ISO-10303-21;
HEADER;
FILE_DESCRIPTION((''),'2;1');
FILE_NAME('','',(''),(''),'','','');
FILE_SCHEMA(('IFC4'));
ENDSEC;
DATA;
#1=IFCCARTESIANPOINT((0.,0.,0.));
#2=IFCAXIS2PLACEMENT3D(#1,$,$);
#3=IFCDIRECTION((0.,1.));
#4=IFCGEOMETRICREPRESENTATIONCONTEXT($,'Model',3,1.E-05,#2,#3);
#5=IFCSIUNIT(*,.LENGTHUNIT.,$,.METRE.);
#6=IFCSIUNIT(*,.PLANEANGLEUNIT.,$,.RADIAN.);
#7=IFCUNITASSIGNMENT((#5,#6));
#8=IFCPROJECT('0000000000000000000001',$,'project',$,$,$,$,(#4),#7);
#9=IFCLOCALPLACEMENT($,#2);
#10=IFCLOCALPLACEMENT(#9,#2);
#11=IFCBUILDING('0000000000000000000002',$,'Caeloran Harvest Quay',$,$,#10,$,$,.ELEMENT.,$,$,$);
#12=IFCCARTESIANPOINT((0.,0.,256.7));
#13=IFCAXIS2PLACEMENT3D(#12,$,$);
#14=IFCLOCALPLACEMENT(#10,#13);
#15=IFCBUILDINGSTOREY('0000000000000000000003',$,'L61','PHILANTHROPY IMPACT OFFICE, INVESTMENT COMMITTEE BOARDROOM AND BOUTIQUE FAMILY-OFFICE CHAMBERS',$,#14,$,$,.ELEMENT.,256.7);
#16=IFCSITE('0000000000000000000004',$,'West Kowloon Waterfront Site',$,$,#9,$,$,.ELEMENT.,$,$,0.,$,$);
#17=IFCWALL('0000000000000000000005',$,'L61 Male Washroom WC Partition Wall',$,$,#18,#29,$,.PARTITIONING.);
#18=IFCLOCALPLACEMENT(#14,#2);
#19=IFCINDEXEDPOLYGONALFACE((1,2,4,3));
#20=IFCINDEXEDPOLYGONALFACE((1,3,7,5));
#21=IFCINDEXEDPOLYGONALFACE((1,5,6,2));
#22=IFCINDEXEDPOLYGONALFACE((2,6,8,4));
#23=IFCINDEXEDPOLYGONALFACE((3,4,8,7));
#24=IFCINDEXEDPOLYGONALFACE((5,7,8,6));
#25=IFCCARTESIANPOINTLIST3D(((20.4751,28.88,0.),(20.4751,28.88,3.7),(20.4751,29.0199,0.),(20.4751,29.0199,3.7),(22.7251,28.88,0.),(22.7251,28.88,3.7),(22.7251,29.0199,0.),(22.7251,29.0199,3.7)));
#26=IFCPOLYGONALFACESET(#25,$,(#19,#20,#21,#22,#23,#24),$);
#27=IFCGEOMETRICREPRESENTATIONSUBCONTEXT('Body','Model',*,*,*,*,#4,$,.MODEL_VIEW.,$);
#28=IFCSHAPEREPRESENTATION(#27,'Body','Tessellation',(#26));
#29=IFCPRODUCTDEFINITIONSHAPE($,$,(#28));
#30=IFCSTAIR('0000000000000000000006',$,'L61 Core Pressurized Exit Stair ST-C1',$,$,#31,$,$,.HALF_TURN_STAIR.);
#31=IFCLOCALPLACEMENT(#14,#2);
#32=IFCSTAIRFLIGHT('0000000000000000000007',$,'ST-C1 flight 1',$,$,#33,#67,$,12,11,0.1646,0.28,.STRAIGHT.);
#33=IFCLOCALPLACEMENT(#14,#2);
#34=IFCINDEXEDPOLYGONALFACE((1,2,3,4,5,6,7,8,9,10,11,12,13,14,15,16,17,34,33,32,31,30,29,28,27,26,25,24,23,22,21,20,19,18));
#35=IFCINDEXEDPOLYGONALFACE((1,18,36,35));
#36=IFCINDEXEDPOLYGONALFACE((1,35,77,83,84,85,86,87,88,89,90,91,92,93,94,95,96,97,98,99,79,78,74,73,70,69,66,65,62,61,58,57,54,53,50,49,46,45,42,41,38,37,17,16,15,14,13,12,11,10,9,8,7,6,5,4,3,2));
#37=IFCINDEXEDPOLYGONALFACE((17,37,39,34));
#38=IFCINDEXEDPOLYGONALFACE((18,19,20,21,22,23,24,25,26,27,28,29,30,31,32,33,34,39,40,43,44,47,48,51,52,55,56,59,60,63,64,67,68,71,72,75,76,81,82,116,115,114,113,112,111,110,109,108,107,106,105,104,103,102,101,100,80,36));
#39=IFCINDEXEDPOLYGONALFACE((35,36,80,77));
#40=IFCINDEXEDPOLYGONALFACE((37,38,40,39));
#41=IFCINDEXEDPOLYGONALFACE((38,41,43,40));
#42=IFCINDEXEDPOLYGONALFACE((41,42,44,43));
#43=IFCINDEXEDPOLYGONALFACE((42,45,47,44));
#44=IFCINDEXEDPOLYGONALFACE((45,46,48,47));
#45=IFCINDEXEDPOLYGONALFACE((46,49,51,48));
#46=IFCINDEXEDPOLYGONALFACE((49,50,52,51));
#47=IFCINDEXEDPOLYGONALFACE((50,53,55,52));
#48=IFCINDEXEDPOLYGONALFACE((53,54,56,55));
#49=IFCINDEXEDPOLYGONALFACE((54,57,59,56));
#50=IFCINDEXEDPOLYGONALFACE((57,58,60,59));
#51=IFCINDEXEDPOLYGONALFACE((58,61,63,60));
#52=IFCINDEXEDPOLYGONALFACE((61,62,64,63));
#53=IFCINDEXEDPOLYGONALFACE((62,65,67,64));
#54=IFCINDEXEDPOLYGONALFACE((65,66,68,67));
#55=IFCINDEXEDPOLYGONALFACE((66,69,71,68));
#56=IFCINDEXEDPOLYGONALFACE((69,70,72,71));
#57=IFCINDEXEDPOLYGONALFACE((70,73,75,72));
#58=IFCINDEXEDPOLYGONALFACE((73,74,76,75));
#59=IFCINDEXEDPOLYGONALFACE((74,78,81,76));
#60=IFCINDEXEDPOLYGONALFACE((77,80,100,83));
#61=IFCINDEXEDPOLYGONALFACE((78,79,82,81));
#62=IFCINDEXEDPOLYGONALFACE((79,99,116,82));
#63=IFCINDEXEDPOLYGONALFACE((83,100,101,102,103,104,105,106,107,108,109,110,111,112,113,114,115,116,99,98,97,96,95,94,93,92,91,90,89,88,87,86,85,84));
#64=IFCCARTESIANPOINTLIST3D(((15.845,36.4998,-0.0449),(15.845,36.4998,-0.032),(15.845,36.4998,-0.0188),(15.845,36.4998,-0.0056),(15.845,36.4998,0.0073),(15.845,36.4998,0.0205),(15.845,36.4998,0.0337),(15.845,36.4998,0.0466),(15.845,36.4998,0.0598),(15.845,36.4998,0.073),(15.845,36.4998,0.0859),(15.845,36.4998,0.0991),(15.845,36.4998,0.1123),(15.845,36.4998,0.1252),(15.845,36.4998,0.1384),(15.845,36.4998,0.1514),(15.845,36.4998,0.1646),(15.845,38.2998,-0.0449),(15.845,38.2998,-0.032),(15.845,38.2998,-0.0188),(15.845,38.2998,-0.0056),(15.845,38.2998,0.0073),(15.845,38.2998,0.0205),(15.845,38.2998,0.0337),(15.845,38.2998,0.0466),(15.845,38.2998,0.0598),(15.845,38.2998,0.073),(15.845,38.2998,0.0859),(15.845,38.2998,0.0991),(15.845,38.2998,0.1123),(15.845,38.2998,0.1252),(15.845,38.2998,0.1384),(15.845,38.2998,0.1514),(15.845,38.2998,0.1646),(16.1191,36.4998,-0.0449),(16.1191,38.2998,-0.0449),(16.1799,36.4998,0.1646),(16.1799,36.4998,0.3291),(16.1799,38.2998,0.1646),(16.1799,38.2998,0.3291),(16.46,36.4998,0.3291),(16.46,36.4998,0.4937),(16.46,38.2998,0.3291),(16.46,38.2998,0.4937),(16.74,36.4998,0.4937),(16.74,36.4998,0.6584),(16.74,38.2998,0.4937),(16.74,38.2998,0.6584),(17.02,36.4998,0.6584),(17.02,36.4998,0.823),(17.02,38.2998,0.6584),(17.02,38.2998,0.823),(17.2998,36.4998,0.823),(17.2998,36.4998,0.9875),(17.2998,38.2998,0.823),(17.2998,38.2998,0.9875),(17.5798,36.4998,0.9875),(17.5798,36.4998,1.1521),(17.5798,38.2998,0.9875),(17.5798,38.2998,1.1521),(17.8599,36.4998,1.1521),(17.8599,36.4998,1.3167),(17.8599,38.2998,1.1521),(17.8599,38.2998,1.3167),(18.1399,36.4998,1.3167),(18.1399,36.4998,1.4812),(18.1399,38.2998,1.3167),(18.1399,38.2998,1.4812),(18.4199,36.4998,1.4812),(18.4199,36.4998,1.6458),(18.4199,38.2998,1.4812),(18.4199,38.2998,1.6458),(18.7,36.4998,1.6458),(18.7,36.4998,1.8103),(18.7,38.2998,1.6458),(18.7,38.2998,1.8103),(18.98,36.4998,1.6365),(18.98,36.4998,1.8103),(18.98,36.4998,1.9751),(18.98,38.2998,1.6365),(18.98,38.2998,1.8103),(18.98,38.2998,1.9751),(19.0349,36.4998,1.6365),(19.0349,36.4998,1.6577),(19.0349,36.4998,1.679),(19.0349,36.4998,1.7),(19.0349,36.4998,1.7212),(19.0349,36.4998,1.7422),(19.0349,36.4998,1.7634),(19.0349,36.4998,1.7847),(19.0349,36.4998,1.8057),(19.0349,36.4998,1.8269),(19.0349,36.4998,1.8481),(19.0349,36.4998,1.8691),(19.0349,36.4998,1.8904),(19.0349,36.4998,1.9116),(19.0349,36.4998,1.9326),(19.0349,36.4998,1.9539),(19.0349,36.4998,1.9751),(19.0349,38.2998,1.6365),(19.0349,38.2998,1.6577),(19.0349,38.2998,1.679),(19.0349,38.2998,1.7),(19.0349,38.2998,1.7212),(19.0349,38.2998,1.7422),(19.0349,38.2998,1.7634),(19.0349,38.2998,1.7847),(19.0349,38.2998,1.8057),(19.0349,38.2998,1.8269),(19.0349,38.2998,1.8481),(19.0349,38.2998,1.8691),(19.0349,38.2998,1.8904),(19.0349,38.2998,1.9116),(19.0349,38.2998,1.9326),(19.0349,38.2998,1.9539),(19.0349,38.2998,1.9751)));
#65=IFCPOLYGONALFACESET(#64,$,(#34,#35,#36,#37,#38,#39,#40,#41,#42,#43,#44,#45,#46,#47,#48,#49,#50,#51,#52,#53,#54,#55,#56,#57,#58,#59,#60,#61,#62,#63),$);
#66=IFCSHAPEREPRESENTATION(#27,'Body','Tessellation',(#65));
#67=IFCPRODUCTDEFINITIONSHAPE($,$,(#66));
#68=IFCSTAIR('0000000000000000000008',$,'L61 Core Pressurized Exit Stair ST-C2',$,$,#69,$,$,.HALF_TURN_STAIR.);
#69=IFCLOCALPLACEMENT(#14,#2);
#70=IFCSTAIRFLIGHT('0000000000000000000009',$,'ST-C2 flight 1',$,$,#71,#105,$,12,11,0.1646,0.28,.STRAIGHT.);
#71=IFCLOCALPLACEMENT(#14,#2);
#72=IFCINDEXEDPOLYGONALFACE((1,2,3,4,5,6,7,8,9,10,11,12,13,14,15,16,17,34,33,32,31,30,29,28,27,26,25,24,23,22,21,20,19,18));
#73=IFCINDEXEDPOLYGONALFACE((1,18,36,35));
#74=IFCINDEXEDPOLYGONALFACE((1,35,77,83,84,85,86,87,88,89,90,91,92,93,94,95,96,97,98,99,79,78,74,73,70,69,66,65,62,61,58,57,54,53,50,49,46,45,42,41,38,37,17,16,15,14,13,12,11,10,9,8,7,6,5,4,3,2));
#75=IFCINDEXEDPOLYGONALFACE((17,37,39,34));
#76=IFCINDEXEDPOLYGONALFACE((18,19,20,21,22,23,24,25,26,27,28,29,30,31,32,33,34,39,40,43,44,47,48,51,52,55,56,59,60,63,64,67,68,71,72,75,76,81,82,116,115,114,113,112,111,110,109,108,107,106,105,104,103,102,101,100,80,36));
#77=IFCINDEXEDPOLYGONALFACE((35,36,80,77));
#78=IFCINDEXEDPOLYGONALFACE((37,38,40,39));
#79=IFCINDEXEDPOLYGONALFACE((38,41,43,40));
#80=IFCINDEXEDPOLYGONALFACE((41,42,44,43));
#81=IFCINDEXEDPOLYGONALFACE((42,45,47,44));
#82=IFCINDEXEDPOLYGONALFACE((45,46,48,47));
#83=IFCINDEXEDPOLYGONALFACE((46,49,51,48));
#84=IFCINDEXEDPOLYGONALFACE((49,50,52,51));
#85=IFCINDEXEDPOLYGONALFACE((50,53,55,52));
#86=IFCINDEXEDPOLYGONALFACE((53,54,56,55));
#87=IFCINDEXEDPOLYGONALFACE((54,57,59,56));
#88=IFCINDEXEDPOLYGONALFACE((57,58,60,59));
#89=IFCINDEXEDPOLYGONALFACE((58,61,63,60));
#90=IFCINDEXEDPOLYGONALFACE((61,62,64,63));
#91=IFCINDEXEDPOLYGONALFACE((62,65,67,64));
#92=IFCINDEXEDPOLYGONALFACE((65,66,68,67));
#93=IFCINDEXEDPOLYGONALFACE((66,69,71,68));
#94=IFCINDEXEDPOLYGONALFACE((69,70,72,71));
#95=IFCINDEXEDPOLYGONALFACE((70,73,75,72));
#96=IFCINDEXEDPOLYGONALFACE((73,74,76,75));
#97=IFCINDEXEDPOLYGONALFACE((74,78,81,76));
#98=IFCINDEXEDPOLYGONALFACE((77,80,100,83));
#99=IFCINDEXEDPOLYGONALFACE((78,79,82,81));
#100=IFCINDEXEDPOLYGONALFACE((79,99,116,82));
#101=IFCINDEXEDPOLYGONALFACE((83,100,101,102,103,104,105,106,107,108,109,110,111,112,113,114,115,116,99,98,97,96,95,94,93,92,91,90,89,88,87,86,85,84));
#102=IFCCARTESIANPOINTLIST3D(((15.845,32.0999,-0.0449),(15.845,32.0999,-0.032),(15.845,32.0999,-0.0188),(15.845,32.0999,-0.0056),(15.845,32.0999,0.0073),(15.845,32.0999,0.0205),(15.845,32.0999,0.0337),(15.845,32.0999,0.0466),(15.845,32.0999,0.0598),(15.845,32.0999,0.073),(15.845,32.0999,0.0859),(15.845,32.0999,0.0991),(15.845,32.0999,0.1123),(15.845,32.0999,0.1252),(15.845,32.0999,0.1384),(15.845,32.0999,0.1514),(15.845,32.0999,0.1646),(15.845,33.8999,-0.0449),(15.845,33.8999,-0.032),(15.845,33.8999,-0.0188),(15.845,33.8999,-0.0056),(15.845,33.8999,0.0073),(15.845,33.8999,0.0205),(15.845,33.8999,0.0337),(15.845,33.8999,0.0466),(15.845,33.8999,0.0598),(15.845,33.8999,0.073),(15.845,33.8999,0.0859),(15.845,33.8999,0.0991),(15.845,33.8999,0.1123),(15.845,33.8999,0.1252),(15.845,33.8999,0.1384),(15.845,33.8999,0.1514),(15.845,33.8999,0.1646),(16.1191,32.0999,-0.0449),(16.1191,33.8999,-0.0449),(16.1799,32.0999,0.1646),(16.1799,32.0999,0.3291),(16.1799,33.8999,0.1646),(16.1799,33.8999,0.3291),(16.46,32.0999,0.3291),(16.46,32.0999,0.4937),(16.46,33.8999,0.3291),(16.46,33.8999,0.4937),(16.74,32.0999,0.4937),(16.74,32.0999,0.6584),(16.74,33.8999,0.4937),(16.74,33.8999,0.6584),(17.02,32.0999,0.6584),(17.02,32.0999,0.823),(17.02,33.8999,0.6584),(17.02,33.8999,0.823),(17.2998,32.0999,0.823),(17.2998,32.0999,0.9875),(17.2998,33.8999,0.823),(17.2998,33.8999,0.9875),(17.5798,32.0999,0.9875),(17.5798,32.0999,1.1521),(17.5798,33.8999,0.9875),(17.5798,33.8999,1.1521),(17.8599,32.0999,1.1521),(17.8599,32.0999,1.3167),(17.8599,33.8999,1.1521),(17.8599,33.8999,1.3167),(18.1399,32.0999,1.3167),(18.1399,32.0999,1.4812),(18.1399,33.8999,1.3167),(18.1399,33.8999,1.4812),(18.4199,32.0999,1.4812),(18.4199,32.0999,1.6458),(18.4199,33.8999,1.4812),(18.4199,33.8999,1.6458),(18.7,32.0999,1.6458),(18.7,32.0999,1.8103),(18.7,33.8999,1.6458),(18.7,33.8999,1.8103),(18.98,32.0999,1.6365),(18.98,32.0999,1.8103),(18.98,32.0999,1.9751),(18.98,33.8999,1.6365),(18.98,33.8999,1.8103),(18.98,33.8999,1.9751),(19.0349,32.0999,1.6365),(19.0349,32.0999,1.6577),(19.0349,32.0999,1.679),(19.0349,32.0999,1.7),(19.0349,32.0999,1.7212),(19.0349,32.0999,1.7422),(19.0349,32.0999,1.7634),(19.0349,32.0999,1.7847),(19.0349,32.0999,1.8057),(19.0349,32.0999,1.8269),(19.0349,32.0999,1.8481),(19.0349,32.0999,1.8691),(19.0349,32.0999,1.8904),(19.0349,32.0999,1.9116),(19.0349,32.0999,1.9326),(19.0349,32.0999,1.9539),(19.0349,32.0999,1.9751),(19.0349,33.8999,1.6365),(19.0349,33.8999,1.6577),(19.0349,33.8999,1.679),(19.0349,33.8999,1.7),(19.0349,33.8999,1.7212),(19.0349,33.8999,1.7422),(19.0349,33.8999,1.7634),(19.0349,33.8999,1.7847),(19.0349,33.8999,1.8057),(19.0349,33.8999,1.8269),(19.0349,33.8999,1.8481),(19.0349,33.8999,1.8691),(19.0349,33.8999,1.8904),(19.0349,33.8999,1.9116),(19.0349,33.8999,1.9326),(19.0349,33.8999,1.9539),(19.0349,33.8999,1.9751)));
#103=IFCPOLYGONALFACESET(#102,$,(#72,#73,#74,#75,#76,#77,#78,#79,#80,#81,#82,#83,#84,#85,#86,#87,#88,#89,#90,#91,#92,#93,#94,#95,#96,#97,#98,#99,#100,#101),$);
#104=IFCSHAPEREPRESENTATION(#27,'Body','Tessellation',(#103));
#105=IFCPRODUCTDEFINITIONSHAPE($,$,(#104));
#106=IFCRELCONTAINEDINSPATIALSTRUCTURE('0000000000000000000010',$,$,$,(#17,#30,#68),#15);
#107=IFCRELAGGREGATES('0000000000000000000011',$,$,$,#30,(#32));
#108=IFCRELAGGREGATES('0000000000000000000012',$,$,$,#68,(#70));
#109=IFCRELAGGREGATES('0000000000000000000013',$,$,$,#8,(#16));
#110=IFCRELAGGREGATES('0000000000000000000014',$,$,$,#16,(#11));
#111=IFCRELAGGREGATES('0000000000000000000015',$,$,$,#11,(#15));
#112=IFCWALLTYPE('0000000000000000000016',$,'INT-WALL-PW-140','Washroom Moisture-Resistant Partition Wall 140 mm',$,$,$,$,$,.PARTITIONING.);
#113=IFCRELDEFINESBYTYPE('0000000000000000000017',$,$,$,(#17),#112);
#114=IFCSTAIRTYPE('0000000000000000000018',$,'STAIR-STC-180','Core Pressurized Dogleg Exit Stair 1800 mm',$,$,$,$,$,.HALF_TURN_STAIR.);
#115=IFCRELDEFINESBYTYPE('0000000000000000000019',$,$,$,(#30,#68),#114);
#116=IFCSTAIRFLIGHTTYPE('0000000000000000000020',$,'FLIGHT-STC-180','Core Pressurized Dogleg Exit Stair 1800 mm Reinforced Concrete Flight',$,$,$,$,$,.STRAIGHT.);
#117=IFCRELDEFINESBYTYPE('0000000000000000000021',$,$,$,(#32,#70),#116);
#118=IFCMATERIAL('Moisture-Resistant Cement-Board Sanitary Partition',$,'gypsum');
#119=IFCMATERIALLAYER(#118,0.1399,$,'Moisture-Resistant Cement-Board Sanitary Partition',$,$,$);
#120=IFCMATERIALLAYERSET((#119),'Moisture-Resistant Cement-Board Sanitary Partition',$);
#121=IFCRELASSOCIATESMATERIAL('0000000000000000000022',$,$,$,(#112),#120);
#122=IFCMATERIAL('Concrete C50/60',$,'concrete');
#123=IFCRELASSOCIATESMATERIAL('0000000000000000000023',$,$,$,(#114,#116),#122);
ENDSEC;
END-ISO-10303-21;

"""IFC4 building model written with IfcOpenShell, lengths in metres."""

from ifc_helpers import new_model, si_unit, direction, frame, frame_2d, origin, place, context, subcontext, project, spatial, polyline, rectangle, outline, extrude, material, layer, layer_set, type_object, element, aggregate, save


model = new_model("IFC4")

# Units and contexts
model_context = context("Model", 3, precision=1e-05, world=origin(), true_north=direction((0.0, 1.0)))
body_context = subcontext(model_context, "Body", "Model", "MODEL_VIEW")
ifc_project = project(units=[si_unit("LENGTHUNIT", "METRE"), si_unit("PLANEANGLEUNIT", "RADIAN")], contexts=[model_context])

# Site, building, storey
site_placement = place(None, origin())
site = spatial("IfcSite", under=ifc_project, at=site_placement, Name="West Kowloon Waterfront Site", CompositionType="ELEMENT", RefElevation=0.0)
building_placement = place(site_placement, origin())
building = spatial("IfcBuilding", under=site, at=building_placement, Name="Caeloran Harvest Quay", CompositionType="ELEMENT")
storey_placement = place(building_placement, frame((0.0, 0.0, 256.7)))
storey = spatial("IfcBuildingStorey", under=building, at=storey_placement, Name="L61", Description="PHILANTHROPY IMPACT OFFICE, INVESTMENT COMMITTEE BOARDROOM AND BOUTIQUE FAMILY-OFFICE CHAMBERS", CompositionType="ELEMENT", Elevation=256.7)

# Shared definitions
ifc_material_1 = material(Name="Moisture-Resistant Cement-Board Sanitary Partition", Category="gypsum")
ifc_layer_1 = layer(ifc_material_1, 0.1399, Name="Moisture-Resistant Cement-Board Sanitary Partition")
ifc_layer_set_1 = layer_set([ifc_layer_1], Name="Moisture-Resistant Cement-Board Sanitary Partition")
wall_type = type_object("IfcWallType", Name="INT-WALL-PW-140", Description="Washroom Moisture-Resistant Partition Wall 140 mm", PredefinedType="PARTITIONING", material=ifc_layer_set_1)

# Wall
wall_1_placement = place(storey_placement, frame((20.4751, 28.95, 0.0), z_axis=(0.0, 0.0, 1.0), x_axis=(1.0, 0.0, 0.0)))
element("IfcWall", 1, at=wall_1_placement, inside=storey, type_object=wall_type, Name="L61 Male Washroom WC Partition Wall", PredefinedType="PARTITIONING", context=body_context, shape_type="SweptSolid", body=[
    extrude(rectangle(XDim=2.25, YDim=0.1399, at=frame_2d((1.125, 0.0))), origin(), (0.0, 0.0, 1.0), 3.7),
])

# Stair, stair flight
ifc_material_2 = material(Name="Concrete C50/60", Category="concrete")
stair_type = type_object("IfcStairType", Name="STAIR-STC-180", Description="Core Pressurized Dogleg Exit Stair 1800 mm", PredefinedType="HALF_TURN_STAIR", material=ifc_material_2)
stair_1_placement = place(storey_placement, origin())
stair_1 = element("IfcStair", 2, at=stair_1_placement, inside=storey, type_object=stair_type, Name="L61 Core Pressurized Exit Stair ST-C1", PredefinedType="HALF_TURN_STAIR")
stair_flight_type = type_object("IfcStairFlightType", Name="FLIGHT-STC-180", Description="Core Pressurized Dogleg Exit Stair 1800 mm Reinforced Concrete Flight", PredefinedType="STRAIGHT", material=ifc_material_2)
stair_flight_1_placement = place(storey_placement, frame((15.8999, 37.3999, 0.0), z_axis=(0.0, 0.0, 1.0), x_axis=(1.0, 0.0, 0.0)))
stair_flight_1 = element("IfcStairFlight", 3, at=stair_flight_1_placement, type_object=stair_flight_type, Name="ST-C1 flight 1", NumberOfRisers=12, NumberOfTreads=11, PredefinedType="STRAIGHT", RiserHeight=0.1646, TreadLength=0.28, context=body_context, shape_type="SweptSolid", body=[
    extrude(outline(polyline([(-0.0549, -0.0449), (-0.0549, -0.032), (-0.0549, -0.0188), (-0.0549, -0.0056), (-0.0549, 0.0073), (-0.0549, 0.0205), (-0.0549, 0.0337), (-0.0549, 0.0466), (-0.0549, 0.0598), (-0.0549, 0.073), (-0.0549, 0.0859), (-0.0549, 0.0991), (-0.0549, 0.1123), (-0.0549, 0.1252), (-0.0549, 0.1384), (-0.0549, 0.1514), (-0.0549, 0.1646), (0.28, 0.1646), (0.28, 0.3291), (0.5601, 0.3291), (0.5601, 0.4937), (0.8401, 0.4937), (0.8401, 0.6584), (1.1201, 0.6584), (1.1201, 0.823), (1.3999, 0.823), (1.3999, 0.9875), (1.6799, 0.9875), (1.6799, 1.1521), (1.96, 1.1521), (1.96, 1.3167), (2.24, 1.3167), (2.24, 1.4812), (2.52, 1.4812), (2.52, 1.6458), (2.8, 1.6458), (2.8, 1.8103), (3.0801, 1.8103), (3.0801, 1.9751), (3.135, 1.9751), (3.135, 1.9539), (3.135, 1.9326), (3.135, 1.9116), (3.135, 1.8904), (3.135, 1.8691), (3.135, 1.8481), (3.135, 1.8269), (3.135, 1.8057), (3.135, 1.7847), (3.135, 1.7634), (3.135, 1.7422), (3.135, 1.7212), (3.135, 1.7), (3.135, 1.679), (3.135, 1.6577), (3.135, 1.6365), (3.0801, 1.6365), (0.2192, -0.0449), (-0.0549, -0.0449)])), frame((0.0, 0.8999, 0.0), z_axis=(0.0, -1.0, 0.0), x_axis=(1.0, 0.0, 0.0)), (0.0, 0.0, 1.0), 1.8),
])
aggregate(stair_1, [stair_flight_1])

# Stair, stair flight
stair_2_placement = place(storey_placement, origin())
stair_2 = element("IfcStair", 4, at=stair_2_placement, inside=storey, type_object=stair_type, Name="L61 Core Pressurized Exit Stair ST-C2", PredefinedType="HALF_TURN_STAIR")
stair_flight_2_placement = place(storey_placement, frame((15.8999, 33.0, 0.0), z_axis=(0.0, 0.0, 1.0), x_axis=(1.0, 0.0, 0.0)))
stair_flight_2 = element("IfcStairFlight", 5, at=stair_flight_2_placement, type_object=stair_flight_type, Name="ST-C2 flight 1", NumberOfRisers=12, NumberOfTreads=11, PredefinedType="STRAIGHT", RiserHeight=0.1646, TreadLength=0.28, context=body_context, shape_type="SweptSolid", body=[
    extrude(outline(polyline([(-0.0549, -0.0449), (-0.0549, -0.032), (-0.0549, -0.0188), (-0.0549, -0.0056), (-0.0549, 0.0073), (-0.0549, 0.0205), (-0.0549, 0.0337), (-0.0549, 0.0466), (-0.0549, 0.0598), (-0.0549, 0.073), (-0.0549, 0.0859), (-0.0549, 0.0991), (-0.0549, 0.1123), (-0.0549, 0.1252), (-0.0549, 0.1384), (-0.0549, 0.1514), (-0.0549, 0.1646), (0.28, 0.1646), (0.28, 0.3291), (0.5601, 0.3291), (0.5601, 0.4937), (0.8401, 0.4937), (0.8401, 0.6584), (1.1201, 0.6584), (1.1201, 0.823), (1.3999, 0.823), (1.3999, 0.9875), (1.6799, 0.9875), (1.6799, 1.1521), (1.96, 1.1521), (1.96, 1.3167), (2.24, 1.3167), (2.24, 1.4812), (2.52, 1.4812), (2.52, 1.6458), (2.8, 1.6458), (2.8, 1.8103), (3.0801, 1.8103), (3.0801, 1.9751), (3.135, 1.9751), (3.135, 1.9539), (3.135, 1.9326), (3.135, 1.9116), (3.135, 1.8904), (3.135, 1.8691), (3.135, 1.8481), (3.135, 1.8269), (3.135, 1.8057), (3.135, 1.7847), (3.135, 1.7634), (3.135, 1.7422), (3.135, 1.7212), (3.135, 1.7), (3.135, 1.679), (3.135, 1.6577), (3.135, 1.6365), (3.0801, 1.6365), (0.2192, -0.0449), (-0.0549, -0.0449)])), frame((0.0, 0.8999, 0.0), z_axis=(0.0, -1.0, 0.0), x_axis=(1.0, 0.0, 0.0)), (0.0, 0.0, 1.0), 1.8),
])
aggregate(stair_2, [stair_flight_2])

save(model, "model.ifc")
